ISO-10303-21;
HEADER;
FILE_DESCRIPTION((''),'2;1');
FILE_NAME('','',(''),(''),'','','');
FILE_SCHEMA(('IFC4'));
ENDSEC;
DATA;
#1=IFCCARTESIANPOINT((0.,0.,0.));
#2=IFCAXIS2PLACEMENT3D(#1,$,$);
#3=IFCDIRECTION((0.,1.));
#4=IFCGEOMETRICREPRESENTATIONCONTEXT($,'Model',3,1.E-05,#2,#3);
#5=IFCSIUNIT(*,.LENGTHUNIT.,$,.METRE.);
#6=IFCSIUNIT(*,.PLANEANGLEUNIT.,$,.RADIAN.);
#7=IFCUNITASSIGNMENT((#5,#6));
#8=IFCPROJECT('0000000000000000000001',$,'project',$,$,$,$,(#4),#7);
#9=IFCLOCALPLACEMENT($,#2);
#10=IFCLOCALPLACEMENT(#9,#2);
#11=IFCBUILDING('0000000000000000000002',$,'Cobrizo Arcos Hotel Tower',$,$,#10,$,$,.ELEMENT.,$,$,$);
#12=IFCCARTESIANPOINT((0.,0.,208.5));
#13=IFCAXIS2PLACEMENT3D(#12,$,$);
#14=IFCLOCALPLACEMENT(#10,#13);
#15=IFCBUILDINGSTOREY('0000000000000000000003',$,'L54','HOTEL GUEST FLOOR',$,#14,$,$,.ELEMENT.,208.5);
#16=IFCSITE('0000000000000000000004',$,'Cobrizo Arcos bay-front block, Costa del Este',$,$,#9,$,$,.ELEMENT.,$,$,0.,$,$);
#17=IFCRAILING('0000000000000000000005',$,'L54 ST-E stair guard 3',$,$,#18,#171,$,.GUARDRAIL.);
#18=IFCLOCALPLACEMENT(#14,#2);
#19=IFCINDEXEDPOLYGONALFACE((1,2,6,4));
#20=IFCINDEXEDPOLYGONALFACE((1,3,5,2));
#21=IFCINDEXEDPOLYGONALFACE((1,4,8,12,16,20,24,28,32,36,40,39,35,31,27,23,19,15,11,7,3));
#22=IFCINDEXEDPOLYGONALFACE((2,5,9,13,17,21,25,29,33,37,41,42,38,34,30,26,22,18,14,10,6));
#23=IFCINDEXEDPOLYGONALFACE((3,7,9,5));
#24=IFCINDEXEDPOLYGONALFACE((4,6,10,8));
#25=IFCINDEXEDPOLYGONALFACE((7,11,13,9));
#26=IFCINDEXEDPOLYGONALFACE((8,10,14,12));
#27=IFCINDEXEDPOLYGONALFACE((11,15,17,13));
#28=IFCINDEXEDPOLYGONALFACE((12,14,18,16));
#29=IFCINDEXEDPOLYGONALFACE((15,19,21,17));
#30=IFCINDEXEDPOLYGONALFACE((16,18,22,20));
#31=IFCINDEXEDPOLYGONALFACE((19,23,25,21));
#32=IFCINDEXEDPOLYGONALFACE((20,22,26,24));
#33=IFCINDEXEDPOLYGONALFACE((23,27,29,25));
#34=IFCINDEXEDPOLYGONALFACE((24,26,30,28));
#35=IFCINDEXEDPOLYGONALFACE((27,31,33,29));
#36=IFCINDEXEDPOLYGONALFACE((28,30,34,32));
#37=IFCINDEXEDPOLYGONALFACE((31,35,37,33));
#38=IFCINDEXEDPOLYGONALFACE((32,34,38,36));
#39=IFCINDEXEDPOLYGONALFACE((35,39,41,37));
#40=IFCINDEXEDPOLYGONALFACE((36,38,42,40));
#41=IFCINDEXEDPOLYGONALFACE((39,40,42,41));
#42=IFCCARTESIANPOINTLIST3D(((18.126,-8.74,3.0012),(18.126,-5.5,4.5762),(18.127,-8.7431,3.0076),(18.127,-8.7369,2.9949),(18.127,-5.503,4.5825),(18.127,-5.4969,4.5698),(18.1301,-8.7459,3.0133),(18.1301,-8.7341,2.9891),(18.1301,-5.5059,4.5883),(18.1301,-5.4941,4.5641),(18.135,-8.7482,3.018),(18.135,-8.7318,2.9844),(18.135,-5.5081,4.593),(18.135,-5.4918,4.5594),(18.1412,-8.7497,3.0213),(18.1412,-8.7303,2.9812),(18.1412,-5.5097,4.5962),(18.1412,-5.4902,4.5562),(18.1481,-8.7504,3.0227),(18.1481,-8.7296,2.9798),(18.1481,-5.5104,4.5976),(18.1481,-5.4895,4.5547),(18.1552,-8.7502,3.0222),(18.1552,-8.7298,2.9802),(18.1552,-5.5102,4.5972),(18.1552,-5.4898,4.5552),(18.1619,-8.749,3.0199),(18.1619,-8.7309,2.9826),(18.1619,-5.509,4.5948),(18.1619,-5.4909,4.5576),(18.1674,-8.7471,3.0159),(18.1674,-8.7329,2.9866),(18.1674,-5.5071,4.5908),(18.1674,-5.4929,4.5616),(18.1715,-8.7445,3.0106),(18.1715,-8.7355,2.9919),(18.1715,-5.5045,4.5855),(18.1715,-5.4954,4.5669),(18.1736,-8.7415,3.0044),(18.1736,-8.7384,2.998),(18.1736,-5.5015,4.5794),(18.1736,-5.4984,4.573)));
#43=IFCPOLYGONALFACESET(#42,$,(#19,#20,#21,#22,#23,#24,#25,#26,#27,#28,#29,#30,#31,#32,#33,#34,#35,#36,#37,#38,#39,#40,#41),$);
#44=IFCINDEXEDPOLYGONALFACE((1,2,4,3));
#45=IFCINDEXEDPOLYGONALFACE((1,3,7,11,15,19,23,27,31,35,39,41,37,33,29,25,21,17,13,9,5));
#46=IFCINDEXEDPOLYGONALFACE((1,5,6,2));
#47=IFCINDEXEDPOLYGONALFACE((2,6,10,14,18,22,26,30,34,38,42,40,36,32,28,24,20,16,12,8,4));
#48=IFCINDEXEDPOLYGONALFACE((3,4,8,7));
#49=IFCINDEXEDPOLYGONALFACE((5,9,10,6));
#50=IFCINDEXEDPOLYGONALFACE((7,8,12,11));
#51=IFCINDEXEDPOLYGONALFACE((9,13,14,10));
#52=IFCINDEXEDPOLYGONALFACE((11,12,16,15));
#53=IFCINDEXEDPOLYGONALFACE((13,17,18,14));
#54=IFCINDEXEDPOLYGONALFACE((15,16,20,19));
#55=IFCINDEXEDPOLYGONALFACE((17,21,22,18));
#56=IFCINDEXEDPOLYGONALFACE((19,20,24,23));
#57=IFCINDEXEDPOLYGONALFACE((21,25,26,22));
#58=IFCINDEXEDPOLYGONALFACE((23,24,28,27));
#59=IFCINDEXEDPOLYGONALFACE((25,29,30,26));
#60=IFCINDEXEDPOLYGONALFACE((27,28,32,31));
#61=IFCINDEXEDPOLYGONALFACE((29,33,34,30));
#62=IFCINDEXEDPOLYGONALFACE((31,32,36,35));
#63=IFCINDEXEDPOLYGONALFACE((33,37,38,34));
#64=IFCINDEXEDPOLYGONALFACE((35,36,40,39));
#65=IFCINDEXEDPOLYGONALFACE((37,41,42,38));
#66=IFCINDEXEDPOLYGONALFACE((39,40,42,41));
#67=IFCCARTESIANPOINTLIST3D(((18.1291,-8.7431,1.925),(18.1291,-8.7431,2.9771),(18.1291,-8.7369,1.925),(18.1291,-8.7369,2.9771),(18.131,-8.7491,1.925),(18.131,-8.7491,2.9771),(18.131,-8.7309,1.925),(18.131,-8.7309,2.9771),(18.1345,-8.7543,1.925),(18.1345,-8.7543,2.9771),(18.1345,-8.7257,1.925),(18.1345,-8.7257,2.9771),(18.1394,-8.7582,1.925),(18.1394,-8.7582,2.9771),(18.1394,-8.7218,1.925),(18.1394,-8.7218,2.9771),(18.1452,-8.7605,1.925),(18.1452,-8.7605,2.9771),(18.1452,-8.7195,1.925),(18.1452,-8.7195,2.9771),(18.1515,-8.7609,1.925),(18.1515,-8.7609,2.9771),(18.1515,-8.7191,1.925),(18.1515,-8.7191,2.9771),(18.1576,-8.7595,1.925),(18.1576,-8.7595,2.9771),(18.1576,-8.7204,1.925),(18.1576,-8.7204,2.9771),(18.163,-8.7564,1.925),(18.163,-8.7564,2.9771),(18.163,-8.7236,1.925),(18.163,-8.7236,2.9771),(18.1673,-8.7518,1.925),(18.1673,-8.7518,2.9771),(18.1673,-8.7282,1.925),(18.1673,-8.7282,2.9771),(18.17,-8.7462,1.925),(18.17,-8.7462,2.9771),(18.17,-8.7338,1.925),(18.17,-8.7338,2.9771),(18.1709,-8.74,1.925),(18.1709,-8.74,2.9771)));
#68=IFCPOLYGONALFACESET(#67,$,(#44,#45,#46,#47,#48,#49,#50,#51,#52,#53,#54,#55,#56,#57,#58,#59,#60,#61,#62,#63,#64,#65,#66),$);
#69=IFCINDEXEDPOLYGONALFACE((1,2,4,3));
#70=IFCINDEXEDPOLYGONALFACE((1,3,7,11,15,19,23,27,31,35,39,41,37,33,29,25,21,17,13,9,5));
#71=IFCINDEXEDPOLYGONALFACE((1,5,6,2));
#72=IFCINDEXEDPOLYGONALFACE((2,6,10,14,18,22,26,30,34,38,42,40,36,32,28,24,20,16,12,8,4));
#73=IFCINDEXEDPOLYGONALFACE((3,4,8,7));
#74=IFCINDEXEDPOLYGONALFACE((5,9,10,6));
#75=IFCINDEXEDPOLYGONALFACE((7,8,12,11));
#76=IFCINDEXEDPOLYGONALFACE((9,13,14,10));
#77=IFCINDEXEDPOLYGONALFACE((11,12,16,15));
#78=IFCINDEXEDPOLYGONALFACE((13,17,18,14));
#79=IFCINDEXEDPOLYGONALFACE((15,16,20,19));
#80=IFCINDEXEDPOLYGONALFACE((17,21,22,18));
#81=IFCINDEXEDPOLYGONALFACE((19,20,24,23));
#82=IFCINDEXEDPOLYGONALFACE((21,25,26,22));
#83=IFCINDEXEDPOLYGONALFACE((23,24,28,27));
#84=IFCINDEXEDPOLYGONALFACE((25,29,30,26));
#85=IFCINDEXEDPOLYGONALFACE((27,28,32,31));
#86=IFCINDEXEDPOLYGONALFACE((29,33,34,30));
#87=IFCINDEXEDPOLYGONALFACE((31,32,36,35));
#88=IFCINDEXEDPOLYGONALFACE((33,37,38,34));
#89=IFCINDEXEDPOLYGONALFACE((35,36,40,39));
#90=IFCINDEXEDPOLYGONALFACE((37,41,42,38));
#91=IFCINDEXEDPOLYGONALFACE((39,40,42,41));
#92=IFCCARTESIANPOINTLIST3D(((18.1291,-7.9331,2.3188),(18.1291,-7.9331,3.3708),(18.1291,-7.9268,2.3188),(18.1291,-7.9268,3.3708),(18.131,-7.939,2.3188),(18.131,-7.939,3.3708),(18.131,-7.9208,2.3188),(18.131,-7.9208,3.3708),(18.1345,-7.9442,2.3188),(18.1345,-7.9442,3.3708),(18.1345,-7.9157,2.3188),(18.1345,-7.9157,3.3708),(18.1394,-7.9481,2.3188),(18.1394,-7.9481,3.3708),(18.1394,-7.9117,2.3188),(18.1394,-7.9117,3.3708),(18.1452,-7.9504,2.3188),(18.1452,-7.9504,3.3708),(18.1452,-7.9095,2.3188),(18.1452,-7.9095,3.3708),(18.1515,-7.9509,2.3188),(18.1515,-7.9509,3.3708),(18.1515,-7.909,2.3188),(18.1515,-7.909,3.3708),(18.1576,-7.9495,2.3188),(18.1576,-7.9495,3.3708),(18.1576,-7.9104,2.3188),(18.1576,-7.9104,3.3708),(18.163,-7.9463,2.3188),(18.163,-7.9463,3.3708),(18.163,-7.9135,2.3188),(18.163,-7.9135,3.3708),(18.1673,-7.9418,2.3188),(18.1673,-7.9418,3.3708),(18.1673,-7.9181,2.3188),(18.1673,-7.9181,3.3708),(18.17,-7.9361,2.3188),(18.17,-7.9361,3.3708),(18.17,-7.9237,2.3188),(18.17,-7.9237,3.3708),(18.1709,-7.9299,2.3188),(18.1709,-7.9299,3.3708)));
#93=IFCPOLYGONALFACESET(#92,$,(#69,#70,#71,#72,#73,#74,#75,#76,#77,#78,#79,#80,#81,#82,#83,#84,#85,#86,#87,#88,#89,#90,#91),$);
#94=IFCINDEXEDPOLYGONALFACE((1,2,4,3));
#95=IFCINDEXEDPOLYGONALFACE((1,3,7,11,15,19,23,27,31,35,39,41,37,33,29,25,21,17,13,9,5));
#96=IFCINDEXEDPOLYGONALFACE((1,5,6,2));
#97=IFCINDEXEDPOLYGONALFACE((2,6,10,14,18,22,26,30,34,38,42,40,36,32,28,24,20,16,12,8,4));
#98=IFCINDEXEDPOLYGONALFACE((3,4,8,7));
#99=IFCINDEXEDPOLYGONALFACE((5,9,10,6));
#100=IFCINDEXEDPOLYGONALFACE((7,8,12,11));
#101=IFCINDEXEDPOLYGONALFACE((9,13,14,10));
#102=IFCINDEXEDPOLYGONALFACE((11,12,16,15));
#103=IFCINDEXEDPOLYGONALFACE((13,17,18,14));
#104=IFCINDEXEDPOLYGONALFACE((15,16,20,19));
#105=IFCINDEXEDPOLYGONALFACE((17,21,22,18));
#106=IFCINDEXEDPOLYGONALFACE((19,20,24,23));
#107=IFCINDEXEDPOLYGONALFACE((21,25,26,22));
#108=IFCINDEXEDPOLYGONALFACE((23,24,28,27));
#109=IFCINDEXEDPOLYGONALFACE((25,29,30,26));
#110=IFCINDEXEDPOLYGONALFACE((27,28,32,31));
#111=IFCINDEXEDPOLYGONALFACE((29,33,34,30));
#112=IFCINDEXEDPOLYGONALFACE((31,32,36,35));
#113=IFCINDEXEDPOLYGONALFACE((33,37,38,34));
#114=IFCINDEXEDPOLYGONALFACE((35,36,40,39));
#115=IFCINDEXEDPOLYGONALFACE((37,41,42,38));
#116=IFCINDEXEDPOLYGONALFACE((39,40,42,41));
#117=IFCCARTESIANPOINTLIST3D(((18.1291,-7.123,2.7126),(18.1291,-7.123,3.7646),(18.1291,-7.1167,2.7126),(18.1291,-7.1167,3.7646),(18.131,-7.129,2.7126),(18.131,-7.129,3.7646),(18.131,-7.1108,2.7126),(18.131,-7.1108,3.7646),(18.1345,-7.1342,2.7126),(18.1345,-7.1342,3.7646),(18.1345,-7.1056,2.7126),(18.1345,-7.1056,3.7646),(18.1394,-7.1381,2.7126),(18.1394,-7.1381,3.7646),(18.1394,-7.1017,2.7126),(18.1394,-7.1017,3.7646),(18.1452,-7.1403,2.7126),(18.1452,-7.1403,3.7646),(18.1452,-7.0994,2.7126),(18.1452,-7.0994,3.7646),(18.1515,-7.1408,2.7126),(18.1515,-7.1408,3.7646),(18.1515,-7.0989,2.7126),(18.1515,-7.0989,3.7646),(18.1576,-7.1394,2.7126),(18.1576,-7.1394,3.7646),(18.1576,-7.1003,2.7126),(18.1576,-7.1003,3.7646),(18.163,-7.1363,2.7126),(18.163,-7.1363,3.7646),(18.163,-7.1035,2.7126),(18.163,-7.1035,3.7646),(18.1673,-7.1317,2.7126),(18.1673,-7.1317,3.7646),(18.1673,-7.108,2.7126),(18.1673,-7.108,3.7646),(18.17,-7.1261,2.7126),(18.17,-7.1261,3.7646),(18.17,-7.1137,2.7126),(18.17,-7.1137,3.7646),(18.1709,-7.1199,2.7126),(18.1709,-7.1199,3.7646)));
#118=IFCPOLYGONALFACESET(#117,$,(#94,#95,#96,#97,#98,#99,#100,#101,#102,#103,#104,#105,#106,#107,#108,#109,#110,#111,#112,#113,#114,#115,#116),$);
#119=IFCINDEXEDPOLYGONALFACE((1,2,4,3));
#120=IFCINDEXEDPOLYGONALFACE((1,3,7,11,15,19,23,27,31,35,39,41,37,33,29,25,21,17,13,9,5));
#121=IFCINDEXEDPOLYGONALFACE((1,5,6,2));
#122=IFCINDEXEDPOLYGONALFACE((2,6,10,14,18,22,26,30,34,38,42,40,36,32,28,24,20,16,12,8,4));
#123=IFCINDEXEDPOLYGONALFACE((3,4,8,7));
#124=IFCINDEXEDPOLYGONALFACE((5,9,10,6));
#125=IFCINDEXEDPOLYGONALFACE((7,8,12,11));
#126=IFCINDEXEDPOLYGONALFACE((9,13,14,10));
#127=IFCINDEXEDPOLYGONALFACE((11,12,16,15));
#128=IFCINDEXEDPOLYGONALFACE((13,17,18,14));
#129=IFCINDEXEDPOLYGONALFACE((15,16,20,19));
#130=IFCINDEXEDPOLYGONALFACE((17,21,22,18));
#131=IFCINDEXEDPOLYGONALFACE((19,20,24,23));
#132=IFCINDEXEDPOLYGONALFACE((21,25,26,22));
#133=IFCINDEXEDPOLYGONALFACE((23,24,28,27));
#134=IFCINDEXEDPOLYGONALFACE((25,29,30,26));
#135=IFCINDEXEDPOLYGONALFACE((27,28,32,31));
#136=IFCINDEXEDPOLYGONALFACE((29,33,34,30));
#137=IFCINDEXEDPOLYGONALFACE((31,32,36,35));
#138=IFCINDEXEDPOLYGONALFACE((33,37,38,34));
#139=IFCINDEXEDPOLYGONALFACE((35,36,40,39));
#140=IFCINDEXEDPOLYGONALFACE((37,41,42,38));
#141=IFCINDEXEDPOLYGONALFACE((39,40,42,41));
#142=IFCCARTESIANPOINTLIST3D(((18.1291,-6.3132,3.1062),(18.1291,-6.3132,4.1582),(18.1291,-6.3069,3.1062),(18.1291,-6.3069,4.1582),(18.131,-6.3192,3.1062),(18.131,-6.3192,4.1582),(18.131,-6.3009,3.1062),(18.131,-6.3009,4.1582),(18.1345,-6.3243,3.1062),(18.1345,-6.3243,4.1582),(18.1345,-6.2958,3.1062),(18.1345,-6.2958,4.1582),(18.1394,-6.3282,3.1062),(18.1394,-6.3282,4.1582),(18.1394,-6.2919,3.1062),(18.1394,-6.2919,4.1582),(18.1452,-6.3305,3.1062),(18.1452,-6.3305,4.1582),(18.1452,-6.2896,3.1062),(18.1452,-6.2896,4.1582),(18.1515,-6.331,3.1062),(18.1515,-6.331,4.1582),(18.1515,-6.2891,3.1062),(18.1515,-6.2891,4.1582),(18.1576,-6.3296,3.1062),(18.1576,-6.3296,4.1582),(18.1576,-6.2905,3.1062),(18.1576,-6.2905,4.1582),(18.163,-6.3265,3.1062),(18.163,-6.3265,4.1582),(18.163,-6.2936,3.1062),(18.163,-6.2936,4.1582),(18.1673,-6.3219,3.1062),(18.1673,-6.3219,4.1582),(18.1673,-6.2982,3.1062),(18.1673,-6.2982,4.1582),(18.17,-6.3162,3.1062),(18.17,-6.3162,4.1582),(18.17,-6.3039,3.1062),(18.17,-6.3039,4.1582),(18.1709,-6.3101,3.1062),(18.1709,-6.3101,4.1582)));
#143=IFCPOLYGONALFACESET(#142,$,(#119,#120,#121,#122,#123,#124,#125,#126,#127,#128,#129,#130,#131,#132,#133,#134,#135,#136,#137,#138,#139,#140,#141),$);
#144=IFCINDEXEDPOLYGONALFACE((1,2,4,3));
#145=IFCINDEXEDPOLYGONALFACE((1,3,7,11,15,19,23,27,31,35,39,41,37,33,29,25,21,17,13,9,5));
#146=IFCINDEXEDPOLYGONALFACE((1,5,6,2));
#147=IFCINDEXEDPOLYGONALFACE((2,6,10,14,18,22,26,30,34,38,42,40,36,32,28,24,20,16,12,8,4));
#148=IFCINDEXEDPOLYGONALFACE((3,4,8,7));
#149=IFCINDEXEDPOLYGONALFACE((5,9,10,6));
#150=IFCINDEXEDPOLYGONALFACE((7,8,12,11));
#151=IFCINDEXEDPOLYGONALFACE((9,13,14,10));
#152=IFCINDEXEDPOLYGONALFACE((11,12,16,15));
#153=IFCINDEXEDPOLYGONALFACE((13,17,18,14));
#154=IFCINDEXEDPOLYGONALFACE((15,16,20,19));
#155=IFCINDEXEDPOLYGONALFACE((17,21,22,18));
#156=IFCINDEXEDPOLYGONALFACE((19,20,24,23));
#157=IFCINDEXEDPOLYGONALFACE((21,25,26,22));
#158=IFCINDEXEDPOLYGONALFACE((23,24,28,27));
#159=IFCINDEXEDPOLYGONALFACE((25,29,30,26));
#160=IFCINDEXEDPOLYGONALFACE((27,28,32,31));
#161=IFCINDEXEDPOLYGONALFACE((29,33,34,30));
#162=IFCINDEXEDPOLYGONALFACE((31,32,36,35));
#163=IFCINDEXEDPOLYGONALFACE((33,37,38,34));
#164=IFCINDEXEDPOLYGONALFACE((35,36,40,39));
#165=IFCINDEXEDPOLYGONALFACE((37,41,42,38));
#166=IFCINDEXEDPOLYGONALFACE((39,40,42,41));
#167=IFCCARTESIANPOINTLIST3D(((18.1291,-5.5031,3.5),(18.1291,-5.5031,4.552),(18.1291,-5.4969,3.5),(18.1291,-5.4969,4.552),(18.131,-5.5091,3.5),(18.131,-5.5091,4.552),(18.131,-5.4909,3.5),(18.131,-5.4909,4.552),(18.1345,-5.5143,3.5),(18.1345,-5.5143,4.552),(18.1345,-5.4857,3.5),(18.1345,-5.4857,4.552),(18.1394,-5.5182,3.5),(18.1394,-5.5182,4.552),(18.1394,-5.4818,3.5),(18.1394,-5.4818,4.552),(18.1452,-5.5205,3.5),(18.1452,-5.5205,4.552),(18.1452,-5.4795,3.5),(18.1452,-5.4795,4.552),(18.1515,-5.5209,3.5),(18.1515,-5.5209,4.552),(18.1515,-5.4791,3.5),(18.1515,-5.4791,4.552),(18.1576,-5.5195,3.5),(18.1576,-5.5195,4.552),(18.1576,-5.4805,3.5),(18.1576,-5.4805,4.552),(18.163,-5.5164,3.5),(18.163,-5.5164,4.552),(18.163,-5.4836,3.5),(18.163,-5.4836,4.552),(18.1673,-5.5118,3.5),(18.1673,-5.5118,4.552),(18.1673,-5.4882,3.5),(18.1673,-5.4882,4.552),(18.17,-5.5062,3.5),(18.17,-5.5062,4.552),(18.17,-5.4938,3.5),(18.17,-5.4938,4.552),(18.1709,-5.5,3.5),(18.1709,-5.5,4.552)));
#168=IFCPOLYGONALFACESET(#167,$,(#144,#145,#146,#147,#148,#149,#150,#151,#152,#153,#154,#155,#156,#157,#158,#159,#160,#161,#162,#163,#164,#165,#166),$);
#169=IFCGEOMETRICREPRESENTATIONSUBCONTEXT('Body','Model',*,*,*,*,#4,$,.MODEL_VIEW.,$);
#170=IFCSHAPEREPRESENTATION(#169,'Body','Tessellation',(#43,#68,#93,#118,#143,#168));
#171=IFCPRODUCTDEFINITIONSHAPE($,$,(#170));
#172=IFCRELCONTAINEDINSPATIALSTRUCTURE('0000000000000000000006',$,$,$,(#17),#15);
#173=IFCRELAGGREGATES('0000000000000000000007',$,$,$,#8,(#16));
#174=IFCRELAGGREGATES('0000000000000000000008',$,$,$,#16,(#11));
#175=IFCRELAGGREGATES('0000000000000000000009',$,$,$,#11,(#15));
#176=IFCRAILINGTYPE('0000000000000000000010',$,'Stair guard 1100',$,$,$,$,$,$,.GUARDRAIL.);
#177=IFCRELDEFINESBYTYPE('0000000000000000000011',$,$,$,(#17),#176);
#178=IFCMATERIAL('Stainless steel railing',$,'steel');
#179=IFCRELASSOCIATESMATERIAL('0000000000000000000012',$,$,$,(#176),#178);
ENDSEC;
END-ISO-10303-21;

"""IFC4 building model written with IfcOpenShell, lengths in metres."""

from ifc_helpers import new_model, si_unit, direction, frame, origin, origin_2d, place, context, subcontext, project, spatial, circle, extrude, material, type_object, element, save


model = new_model("IFC4")

# Units and contexts
model_context = context("Model", 3, precision=1e-05, world=origin(), true_north=direction((0.0, 1.0)))
body_context = subcontext(model_context, "Body", "Model", "MODEL_VIEW")
ifc_project = project(units=[si_unit("LENGTHUNIT", "METRE"), si_unit("PLANEANGLEUNIT", "RADIAN")], contexts=[model_context])

# Site, building, storey
site_placement = place(None, origin())
site = spatial("IfcSite", under=ifc_project, at=site_placement, Name="Cobrizo Arcos bay-front block, Costa del Este", CompositionType="ELEMENT", RefElevation=0.0)
building_placement = place(site_placement, origin())
building = spatial("IfcBuilding", under=site, at=building_placement, Name="Cobrizo Arcos Hotel Tower", CompositionType="ELEMENT")
storey_placement = place(building_placement, frame((0.0, 0.0, 208.5)))
storey = spatial("IfcBuildingStorey", under=building, at=storey_placement, Name="L54", Description="HOTEL GUEST FLOOR", CompositionType="ELEMENT", Elevation=208.5)

# Railing
ifc_material_1 = material(Name="Stainless steel railing", Category="steel")
railing_type_1 = type_object("IfcRailingType", Name="Stair guard 1100", PredefinedType="GUARDRAIL", material=ifc_material_1)
railing_1_placement = place(storey_placement, frame((18.1499, -8.74, 1.925)))
element("IfcRailing", 1, at=railing_1_placement, inside=storey, type_object=railing_type_1, Name="L54 ST-E stair guard 3", PredefinedType="GUARDRAIL", context=body_context, shape_type="SweptSolid", body=[
    extrude(circle(Radius=0.0239, at=origin_2d()), frame((0.0, 0.0, 1.0762), z_axis=(0.0, 0.899373, 0.437183), x_axis=(-1.0, 0.0, 0.0)), (0.0, 0.0, 1.0), 3.6025),
    extrude(circle(Radius=0.021, at=origin_2d()), origin(), (0.0, 0.0, 1.0), 1.052),
    extrude(circle(Radius=0.021, at=origin_2d()), frame((0.0, 0.8101, 0.3938)), (0.0, 0.0, 1.0), 1.052),
    extrude(circle(Radius=0.021, at=origin_2d()), frame((0.0, 1.6201, 0.7876)), (0.0, 0.0, 1.0), 1.052),
    extrude(circle(Radius=0.021, at=origin_2d()), frame((0.0, 2.4299, 1.1812)), (0.0, 0.0, 1.0), 1.052),
    extrude(circle(Radius=0.021, at=origin_2d()), frame((0.0, 3.24, 1.575)), (0.0, 0.0, 1.0), 1.052),
])

save(model, "model.ifc")
